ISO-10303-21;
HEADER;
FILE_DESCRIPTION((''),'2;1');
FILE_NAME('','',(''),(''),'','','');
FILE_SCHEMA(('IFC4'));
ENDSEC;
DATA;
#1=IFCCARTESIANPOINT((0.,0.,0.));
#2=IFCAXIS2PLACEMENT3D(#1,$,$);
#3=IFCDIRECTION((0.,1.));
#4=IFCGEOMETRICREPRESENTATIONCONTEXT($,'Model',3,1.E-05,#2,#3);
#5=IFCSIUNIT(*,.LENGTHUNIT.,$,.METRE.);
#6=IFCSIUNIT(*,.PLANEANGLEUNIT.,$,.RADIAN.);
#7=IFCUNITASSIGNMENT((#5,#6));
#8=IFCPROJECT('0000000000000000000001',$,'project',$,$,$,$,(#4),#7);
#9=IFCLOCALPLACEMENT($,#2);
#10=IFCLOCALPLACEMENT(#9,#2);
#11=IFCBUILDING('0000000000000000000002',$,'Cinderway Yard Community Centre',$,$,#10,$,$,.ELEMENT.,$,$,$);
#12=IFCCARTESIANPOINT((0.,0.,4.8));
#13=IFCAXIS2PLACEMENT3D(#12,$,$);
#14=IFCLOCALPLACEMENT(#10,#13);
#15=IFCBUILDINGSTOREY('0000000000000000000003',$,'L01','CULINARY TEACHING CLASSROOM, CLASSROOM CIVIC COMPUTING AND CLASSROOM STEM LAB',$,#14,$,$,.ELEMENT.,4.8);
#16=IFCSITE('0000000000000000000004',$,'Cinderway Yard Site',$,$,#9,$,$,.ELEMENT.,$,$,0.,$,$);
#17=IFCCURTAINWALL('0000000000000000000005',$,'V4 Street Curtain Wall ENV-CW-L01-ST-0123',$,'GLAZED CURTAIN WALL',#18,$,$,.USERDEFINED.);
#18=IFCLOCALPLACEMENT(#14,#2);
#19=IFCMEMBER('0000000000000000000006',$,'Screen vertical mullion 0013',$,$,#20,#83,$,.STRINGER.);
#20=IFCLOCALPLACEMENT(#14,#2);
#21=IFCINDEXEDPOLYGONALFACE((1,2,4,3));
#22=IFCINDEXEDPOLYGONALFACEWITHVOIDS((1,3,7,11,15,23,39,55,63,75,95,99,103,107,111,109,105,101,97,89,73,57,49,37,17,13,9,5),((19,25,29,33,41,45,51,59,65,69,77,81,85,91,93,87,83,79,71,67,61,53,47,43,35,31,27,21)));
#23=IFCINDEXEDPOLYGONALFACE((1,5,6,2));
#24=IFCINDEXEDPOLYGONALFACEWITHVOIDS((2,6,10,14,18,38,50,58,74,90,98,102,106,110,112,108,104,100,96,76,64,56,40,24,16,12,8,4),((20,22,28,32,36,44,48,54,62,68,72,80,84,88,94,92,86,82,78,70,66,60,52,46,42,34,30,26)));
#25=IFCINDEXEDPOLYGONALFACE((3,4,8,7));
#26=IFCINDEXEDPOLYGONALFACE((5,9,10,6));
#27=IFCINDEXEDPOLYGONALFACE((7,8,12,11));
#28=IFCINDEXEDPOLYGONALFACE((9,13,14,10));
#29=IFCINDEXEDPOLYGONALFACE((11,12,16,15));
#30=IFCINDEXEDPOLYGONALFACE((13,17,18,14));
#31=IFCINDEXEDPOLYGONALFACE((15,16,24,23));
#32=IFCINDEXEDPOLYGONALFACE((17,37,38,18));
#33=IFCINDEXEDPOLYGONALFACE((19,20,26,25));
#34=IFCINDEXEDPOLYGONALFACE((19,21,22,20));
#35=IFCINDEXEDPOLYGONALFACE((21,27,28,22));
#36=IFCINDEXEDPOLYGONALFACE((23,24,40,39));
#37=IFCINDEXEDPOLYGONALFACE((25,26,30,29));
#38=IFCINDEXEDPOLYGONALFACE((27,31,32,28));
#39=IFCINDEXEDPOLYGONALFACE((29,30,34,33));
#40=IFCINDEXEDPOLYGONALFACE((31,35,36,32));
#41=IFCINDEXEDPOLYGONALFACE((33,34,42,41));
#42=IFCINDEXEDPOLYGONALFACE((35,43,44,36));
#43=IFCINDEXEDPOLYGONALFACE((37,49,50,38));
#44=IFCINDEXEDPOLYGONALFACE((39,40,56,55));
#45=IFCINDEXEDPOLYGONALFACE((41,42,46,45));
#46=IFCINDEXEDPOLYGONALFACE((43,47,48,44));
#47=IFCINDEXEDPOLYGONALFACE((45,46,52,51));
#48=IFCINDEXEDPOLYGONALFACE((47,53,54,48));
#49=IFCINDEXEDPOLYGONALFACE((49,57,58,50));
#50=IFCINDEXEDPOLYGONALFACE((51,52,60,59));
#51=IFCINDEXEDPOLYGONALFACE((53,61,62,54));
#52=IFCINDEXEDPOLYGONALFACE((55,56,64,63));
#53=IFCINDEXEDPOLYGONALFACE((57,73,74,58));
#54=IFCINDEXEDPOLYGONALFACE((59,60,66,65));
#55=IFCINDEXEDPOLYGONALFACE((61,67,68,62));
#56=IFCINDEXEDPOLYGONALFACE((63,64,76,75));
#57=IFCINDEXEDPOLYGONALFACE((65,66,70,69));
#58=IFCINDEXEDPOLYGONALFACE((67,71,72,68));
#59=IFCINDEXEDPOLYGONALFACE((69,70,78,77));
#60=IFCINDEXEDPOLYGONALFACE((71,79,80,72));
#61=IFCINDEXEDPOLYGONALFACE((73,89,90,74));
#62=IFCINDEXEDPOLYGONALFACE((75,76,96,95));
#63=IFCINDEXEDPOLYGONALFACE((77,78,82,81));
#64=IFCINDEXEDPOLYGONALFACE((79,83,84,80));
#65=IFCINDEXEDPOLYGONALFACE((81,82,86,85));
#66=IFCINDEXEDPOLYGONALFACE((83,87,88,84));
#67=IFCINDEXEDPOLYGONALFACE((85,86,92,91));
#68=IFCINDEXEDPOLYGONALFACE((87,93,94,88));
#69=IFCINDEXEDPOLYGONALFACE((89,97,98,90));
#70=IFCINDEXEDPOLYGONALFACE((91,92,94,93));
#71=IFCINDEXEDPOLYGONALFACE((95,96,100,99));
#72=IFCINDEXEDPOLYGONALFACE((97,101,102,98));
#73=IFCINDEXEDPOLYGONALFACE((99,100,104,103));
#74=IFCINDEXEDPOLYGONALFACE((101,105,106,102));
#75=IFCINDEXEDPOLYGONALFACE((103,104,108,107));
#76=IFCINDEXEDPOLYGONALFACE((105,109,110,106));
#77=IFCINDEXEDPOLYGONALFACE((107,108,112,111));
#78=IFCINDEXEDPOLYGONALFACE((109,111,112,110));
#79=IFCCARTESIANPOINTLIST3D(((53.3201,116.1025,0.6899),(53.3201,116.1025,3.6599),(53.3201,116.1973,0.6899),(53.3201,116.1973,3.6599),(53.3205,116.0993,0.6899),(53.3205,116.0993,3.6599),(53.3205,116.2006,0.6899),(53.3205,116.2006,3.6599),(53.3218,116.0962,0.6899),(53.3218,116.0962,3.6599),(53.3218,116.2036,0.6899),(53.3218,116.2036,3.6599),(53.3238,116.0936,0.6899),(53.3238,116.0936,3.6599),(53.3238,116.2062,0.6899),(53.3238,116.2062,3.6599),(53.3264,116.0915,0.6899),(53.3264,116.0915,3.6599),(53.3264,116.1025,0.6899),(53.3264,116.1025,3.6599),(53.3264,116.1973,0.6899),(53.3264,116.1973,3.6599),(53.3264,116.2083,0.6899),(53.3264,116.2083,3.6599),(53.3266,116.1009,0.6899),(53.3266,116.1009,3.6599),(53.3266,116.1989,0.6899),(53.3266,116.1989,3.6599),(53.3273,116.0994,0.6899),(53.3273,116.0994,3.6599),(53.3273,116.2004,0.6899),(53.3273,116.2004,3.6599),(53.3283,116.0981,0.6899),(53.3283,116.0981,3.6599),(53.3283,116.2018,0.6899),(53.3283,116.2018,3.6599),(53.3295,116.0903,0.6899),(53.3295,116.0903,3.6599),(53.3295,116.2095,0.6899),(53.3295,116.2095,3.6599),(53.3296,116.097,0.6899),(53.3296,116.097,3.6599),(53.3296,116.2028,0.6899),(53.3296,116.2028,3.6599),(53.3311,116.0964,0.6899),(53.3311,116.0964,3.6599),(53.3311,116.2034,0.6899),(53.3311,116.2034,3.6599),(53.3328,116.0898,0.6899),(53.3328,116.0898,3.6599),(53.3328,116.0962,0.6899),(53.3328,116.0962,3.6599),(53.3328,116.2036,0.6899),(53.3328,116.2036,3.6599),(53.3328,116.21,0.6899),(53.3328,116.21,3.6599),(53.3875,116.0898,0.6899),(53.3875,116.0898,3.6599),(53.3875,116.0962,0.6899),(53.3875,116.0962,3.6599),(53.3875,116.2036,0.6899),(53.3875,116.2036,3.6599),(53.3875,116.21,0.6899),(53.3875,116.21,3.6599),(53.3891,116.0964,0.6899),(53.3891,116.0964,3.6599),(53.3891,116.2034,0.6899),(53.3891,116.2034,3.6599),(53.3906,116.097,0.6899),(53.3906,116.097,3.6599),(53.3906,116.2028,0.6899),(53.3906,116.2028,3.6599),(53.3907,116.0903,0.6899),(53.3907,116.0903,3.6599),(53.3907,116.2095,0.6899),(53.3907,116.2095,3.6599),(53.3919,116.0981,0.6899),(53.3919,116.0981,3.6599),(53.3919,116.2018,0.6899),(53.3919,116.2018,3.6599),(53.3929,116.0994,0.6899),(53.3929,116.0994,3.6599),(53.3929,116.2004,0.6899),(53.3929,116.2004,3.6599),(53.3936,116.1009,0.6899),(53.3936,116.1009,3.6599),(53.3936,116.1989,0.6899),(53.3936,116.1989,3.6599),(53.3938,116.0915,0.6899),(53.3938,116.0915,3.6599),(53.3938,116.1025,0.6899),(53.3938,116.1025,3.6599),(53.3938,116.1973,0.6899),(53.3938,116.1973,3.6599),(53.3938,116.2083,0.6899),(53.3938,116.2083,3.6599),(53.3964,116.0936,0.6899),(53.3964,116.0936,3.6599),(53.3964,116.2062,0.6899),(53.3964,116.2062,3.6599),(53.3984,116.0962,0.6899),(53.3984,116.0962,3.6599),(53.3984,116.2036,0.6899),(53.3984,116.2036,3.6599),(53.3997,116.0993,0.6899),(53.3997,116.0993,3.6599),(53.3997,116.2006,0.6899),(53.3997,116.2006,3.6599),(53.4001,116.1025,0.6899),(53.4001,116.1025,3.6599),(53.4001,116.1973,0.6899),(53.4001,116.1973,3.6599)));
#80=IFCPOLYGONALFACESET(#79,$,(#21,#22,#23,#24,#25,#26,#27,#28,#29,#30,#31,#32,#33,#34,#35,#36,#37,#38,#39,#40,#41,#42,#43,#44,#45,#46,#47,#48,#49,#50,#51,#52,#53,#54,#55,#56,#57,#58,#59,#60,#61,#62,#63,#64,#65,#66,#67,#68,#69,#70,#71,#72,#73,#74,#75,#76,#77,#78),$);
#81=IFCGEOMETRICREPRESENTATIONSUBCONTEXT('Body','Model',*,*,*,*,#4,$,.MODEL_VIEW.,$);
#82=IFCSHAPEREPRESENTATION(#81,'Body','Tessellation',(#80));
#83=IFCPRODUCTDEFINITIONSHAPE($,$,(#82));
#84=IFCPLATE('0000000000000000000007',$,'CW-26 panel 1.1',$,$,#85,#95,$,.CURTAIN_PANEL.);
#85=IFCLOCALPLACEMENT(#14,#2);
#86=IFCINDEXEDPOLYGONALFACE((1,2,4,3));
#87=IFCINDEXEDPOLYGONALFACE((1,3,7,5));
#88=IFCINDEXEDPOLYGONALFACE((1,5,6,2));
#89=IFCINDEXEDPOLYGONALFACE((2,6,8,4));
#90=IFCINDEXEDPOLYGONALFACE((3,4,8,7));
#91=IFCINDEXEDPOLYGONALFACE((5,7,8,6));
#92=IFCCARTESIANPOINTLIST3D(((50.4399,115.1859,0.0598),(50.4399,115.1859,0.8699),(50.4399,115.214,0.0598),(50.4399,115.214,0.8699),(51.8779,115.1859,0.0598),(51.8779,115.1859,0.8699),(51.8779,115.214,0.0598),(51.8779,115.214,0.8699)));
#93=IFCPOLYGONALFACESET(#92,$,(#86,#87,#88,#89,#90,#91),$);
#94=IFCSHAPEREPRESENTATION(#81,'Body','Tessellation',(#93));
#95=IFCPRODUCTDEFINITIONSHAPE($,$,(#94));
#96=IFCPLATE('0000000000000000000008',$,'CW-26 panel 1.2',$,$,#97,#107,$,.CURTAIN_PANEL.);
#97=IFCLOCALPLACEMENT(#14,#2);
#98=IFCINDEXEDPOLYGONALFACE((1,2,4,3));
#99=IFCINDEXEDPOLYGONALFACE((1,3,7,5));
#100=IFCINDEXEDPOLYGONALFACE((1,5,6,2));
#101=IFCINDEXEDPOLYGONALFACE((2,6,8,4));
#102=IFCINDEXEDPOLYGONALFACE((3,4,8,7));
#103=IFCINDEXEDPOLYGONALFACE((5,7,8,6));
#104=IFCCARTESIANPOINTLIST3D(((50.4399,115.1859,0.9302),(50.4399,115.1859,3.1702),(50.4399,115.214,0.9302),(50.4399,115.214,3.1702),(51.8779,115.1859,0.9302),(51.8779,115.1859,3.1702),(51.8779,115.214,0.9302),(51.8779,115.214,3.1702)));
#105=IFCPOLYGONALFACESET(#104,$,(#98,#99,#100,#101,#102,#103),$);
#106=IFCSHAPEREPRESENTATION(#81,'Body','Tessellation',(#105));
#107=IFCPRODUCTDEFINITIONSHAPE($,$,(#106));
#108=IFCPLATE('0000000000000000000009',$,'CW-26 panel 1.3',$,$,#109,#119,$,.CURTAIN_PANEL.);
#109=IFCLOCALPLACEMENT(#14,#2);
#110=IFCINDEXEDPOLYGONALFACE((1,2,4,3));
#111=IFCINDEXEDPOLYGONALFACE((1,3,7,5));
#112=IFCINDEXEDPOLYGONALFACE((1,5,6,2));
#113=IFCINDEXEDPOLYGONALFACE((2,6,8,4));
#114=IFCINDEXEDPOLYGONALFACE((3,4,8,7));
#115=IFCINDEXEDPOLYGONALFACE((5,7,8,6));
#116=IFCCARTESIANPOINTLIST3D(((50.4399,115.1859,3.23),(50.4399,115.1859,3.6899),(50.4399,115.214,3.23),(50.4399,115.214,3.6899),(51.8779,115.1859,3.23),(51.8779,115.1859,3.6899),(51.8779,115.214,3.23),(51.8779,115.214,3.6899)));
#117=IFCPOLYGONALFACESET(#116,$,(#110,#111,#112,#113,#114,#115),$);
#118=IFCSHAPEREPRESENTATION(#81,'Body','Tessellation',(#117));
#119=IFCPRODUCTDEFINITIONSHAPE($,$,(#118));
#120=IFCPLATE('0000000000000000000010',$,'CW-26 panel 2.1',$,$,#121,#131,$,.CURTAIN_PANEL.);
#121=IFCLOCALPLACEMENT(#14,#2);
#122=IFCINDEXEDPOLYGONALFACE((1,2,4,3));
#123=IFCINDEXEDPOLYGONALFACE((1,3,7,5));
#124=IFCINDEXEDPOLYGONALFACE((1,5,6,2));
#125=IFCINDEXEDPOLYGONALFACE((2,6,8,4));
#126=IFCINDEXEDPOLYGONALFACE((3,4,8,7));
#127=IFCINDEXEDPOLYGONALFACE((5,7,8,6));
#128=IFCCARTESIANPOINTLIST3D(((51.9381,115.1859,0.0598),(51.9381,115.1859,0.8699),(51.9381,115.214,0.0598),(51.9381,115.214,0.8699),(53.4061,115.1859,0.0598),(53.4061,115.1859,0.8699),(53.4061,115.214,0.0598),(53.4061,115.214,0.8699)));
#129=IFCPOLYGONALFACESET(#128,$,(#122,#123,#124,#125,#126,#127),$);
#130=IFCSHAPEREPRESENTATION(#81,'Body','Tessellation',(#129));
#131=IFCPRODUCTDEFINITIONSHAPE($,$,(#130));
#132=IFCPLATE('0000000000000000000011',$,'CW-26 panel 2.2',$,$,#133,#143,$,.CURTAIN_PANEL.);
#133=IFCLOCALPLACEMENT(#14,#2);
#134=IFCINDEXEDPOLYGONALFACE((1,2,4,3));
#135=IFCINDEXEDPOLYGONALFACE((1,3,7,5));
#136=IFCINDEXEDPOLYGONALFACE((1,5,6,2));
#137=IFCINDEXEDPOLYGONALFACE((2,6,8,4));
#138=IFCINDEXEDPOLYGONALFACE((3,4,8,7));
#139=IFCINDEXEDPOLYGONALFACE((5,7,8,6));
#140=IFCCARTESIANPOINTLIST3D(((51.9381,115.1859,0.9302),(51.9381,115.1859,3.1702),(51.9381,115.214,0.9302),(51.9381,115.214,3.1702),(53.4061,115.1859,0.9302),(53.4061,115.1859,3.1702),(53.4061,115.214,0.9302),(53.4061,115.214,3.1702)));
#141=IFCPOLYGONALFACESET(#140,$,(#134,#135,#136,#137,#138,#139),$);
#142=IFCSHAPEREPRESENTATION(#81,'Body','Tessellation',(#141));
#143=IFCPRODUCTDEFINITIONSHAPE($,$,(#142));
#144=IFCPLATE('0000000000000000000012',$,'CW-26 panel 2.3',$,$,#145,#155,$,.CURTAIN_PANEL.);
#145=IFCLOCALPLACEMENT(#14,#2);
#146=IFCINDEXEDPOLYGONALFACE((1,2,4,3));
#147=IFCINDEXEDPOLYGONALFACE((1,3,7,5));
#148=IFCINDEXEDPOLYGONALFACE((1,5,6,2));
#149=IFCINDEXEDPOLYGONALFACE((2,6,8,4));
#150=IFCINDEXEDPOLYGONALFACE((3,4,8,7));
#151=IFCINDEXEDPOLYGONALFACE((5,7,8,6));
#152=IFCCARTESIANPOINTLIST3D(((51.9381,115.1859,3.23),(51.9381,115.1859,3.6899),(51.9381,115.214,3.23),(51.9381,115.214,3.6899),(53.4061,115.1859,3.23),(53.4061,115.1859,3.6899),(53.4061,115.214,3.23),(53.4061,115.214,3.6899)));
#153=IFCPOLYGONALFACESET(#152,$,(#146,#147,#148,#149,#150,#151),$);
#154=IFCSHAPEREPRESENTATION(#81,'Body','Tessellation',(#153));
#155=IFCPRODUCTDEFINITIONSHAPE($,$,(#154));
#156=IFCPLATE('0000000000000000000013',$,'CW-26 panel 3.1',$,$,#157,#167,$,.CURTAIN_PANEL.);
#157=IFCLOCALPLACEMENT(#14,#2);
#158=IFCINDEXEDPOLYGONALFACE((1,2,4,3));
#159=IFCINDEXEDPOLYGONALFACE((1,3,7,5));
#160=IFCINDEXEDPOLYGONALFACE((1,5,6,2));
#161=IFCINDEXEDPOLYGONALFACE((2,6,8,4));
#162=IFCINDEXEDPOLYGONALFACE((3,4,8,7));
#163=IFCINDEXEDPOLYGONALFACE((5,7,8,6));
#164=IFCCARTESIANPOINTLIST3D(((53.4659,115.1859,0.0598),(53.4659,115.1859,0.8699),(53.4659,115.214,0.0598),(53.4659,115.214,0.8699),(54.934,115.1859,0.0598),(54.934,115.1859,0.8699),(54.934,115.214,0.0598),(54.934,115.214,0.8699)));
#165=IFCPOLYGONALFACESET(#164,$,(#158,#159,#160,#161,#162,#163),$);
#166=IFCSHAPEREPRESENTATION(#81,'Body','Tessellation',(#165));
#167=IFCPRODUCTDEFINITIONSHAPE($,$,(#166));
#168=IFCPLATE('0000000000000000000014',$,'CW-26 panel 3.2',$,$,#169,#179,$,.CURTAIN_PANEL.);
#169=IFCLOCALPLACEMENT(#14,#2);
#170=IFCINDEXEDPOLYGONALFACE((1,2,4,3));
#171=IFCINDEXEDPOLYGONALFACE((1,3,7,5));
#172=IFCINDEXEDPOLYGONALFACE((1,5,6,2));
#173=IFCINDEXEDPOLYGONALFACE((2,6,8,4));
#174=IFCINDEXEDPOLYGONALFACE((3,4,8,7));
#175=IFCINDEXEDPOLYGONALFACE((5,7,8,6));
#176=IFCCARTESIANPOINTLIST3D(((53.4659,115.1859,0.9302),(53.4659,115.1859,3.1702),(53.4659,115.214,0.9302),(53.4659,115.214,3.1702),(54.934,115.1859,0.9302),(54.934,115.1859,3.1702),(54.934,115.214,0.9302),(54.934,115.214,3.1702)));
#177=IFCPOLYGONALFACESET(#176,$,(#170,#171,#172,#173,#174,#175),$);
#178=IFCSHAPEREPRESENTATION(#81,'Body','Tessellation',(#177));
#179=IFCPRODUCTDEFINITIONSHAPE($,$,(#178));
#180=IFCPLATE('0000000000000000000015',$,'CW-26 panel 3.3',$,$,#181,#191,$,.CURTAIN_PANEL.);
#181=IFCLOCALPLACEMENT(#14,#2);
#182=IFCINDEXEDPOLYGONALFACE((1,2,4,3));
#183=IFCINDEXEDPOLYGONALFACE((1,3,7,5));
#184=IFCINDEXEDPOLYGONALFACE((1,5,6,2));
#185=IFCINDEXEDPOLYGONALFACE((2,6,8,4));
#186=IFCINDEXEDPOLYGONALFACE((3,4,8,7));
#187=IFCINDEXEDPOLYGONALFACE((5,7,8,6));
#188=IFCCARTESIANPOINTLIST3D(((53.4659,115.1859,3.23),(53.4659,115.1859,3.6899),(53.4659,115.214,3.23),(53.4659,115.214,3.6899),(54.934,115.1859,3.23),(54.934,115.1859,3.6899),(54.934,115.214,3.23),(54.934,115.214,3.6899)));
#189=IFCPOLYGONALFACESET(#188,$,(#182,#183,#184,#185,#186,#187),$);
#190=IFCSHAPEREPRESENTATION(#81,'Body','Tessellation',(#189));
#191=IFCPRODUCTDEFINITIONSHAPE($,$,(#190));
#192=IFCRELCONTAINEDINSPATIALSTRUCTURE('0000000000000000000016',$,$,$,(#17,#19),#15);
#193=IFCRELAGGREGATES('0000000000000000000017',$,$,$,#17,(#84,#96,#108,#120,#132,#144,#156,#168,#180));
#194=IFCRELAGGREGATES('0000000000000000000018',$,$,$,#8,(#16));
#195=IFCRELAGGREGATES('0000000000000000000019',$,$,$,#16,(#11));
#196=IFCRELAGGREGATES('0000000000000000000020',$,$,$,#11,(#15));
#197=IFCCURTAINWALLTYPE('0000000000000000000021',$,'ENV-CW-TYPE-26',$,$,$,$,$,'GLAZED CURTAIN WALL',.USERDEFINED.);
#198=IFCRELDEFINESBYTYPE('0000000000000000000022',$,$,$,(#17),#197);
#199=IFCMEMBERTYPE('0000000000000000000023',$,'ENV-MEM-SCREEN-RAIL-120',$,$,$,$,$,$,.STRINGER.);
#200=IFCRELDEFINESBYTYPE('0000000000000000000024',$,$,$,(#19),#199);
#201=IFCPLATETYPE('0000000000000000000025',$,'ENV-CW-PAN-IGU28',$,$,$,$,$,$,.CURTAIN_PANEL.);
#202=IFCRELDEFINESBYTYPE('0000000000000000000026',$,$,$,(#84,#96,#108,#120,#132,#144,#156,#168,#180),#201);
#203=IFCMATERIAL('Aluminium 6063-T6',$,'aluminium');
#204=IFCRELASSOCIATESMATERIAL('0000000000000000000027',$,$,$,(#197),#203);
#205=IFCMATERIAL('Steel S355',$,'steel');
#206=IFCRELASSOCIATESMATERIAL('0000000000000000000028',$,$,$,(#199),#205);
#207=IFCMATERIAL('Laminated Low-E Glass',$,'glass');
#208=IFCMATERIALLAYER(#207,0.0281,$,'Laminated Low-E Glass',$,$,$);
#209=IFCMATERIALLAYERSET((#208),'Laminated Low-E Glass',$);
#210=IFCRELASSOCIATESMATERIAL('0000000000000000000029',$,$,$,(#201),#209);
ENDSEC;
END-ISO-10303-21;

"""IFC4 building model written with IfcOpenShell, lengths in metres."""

from ifc_helpers import new_model, si_unit, direction, frame, origin, origin_2d, place, context, subcontext, project, spatial, rectangle, hollow_rectangle, extrude, material, layer, layer_set, material_profile, profile_set, type_object, element, aggregate, save


model = new_model("IFC4")

# Units and contexts
model_context = context("Model", 3, precision=1e-05, world=origin(), true_north=direction((0.0, 1.0)))
body_context = subcontext(model_context, "Body", "Model", "MODEL_VIEW")
ifc_project = project(units=[si_unit("LENGTHUNIT", "METRE"), si_unit("PLANEANGLEUNIT", "RADIAN")], contexts=[model_context])

# Site, building, storey
site_placement = place(None, origin())
site = spatial("IfcSite", under=ifc_project, at=site_placement, Name="Cinderway Yard Site", CompositionType="ELEMENT", RefElevation=0.0)
building_placement = place(site_placement, origin())
building = spatial("IfcBuilding", under=site, at=building_placement, Name="Cinderway Yard Community Centre", CompositionType="ELEMENT")
storey_placement = place(building_placement, frame((0.0, 0.0, 4.8)))
storey = spatial("IfcBuildingStorey", under=building, at=storey_placement, Name="L01", Description="CULINARY TEACHING CLASSROOM, CLASSROOM CIVIC COMPUTING AND CLASSROOM STEM LAB", CompositionType="ELEMENT", Elevation=4.8)

# Curtain wall
ifc_material_1 = material(Name="Aluminium 6063-T6", Category="aluminium")
curtain_wall_type = type_object("IfcCurtainWallType", Name="ENV-CW-TYPE-26", ElementType="GLAZED CURTAIN WALL", PredefinedType="USERDEFINED", material=ifc_material_1)
curtain_wall_placement = place(storey_placement, origin())
curtain_wall = element("IfcCurtainWall", 1, at=curtain_wall_placement, inside=storey, type_object=curtain_wall_type, Name="V4 Street Curtain Wall ENV-CW-L01-ST-0123", ObjectType="GLAZED CURTAIN WALL", PredefinedType="USERDEFINED")

# Member
ifc_material_2 = material(Name="Steel S355", Category="steel")
ifc_material_profile_1 = material_profile(ifc_material_2, hollow_rectangle(XDim=0.0801, YDim=0.1201, WallThickness=0.0063, InnerFilletRadius=0.0063, OuterFilletRadius=0.0127, at=origin_2d()), Name="Steel S355")
ifc_profile_set_1 = profile_set([ifc_material_profile_1], Name="Steel S355")
member_type_1 = type_object("IfcMemberType", Name="ENV-MEM-SCREEN-RAIL-120", PredefinedType="STRINGER", material=ifc_profile_set_1)
for number, where, z_axis, x_axis, name in (
    (2, (53.3601, 116.1499, 0.6899), (0.0, 0.0, 1.0), (1.0, 0.0, 0.0), "Screen vertical mullion 0013"),
):
    element("IfcMember", number, at=place(storey_placement, frame(where, z_axis=z_axis, x_axis=x_axis)), inside=storey, type_object=member_type_1, Name=name, PredefinedType="STRINGER", context=body_context, shape_type="SweptSolid", body=[
        extrude(hollow_rectangle(XDim=0.0801, YDim=0.1201, WallThickness=0.0063, InnerFilletRadius=0.0063, OuterFilletRadius=0.0127, at=origin_2d()), origin(), (0.0, 0.0, 1.0), 2.97),
    ])

# Plates
ifc_material_3 = material(Name="Laminated Low-E Glass", Category="glass")
ifc_layer_1 = layer(ifc_material_3, 0.0281, Name="Laminated Low-E Glass")
ifc_layer_set_1 = layer_set([ifc_layer_1], Name="Laminated Low-E Glass")
plate_type = type_object("IfcPlateType", Name="ENV-CW-PAN-IGU28", PredefinedType="CURTAIN_PANEL", material=ifc_layer_set_1)
plate_1_placement = place(storey_placement, frame((51.1589, 115.2, 0.0598), z_axis=(0.0, 0.0, 1.0), x_axis=(1.0, 0.0, 0.0)))
plate_1 = element("IfcPlate", 3, at=plate_1_placement, type_object=plate_type, Name="CW-26 panel 1.1", PredefinedType="CURTAIN_PANEL", context=body_context, shape_type="SweptSolid", body=[
    extrude(rectangle(XDim=1.438, YDim=0.0281, at=origin_2d()), origin(), (0.0, 0.0, 1.0), 0.8101),
])
plate_2_placement = place(storey_placement, frame((51.1589, 115.2, 0.9302), z_axis=(0.0, 0.0, 1.0), x_axis=(1.0, 0.0, 0.0)))
plate_2 = element("IfcPlate", 4, at=plate_2_placement, type_object=plate_type, Name="CW-26 panel 1.2", PredefinedType="CURTAIN_PANEL", context=body_context, shape_type="SweptSolid", body=[
    extrude(rectangle(XDim=1.438, YDim=0.0281, at=origin_2d()), origin(), (0.0, 0.0, 1.0), 2.24),
])
plate_3_placement = place(storey_placement, frame((51.1589, 115.2, 3.23), z_axis=(0.0, 0.0, 1.0), x_axis=(1.0, 0.0, 0.0)))
plate_3 = element("IfcPlate", 5, at=plate_3_placement, type_object=plate_type, Name="CW-26 panel 1.3", PredefinedType="CURTAIN_PANEL", context=body_context, shape_type="SweptSolid", body=[
    extrude(rectangle(XDim=1.438, YDim=0.0281, at=origin_2d()), origin(), (0.0, 0.0, 1.0), 0.46),
])
plate_4_placement = place(storey_placement, frame((52.6721, 115.2, 0.0598), z_axis=(0.0, 0.0, 1.0), x_axis=(1.0, 0.0, 0.0)))
plate_4 = element("IfcPlate", 6, at=plate_4_placement, type_object=plate_type, Name="CW-26 panel 2.1", PredefinedType="CURTAIN_PANEL", context=body_context, shape_type="SweptSolid", body=[
    extrude(rectangle(XDim=1.468, YDim=0.0281, at=origin_2d()), origin(), (0.0, 0.0, 1.0), 0.8101),
])
plate_5_placement = place(storey_placement, frame((52.6721, 115.2, 0.9302), z_axis=(0.0, 0.0, 1.0), x_axis=(1.0, 0.0, 0.0)))
plate_5 = element("IfcPlate", 7, at=plate_5_placement, type_object=plate_type, Name="CW-26 panel 2.2", PredefinedType="CURTAIN_PANEL", context=body_context, shape_type="SweptSolid", body=[
    extrude(rectangle(XDim=1.468, YDim=0.0281, at=origin_2d()), origin(), (0.0, 0.0, 1.0), 2.24),
])
plate_6_placement = place(storey_placement, frame((52.6721, 115.2, 3.23), z_axis=(0.0, 0.0, 1.0), x_axis=(1.0, 0.0, 0.0)))
plate_6 = element("IfcPlate", 8, at=plate_6_placement, type_object=plate_type, Name="CW-26 panel 2.3", PredefinedType="CURTAIN_PANEL", context=body_context, shape_type="SweptSolid", body=[
    extrude(rectangle(XDim=1.468, YDim=0.0281, at=origin_2d()), origin(), (0.0, 0.0, 1.0), 0.46),
])
plate_7_placement = place(storey_placement, frame((54.2, 115.2, 0.0598), z_axis=(0.0, 0.0, 1.0), x_axis=(1.0, 0.0, 0.0)))
plate_7 = element("IfcPlate", 9, at=plate_7_placement, type_object=plate_type, Name="CW-26 panel 3.1", PredefinedType="CURTAIN_PANEL", context=body_context, shape_type="SweptSolid", body=[
    extrude(rectangle(XDim=1.468, YDim=0.0281, at=origin_2d()), origin(), (0.0, 0.0, 1.0), 0.8101),
])
plate_8_placement = place(storey_placement, frame((54.2, 115.2, 0.9302), z_axis=(0.0, 0.0, 1.0), x_axis=(1.0, 0.0, 0.0)))
plate_8 = element("IfcPlate", 10, at=plate_8_placement, type_object=plate_type, Name="CW-26 panel 3.2", PredefinedType="CURTAIN_PANEL", context=body_context, shape_type="SweptSolid", body=[
    extrude(rectangle(XDim=1.468, YDim=0.0281, at=origin_2d()), origin(), (0.0, 0.0, 1.0), 2.24),
])
plate_9_placement = place(storey_placement, frame((54.2, 115.2, 3.23), z_axis=(0.0, 0.0, 1.0), x_axis=(1.0, 0.0, 0.0)))
plate_9 = element("IfcPlate", 11, at=plate_9_placement, type_object=plate_type, Name="CW-26 panel 3.3", PredefinedType="CURTAIN_PANEL", context=body_context, shape_type="SweptSolid", body=[
    extrude(rectangle(XDim=1.468, YDim=0.0281, at=origin_2d()), origin(), (0.0, 0.0, 1.0), 0.46),
])
aggregate(curtain_wall, [plate_1, plate_2, plate_3, plate_4, plate_5, plate_6, plate_7, plate_8, plate_9])

save(model, "model.ifc")
